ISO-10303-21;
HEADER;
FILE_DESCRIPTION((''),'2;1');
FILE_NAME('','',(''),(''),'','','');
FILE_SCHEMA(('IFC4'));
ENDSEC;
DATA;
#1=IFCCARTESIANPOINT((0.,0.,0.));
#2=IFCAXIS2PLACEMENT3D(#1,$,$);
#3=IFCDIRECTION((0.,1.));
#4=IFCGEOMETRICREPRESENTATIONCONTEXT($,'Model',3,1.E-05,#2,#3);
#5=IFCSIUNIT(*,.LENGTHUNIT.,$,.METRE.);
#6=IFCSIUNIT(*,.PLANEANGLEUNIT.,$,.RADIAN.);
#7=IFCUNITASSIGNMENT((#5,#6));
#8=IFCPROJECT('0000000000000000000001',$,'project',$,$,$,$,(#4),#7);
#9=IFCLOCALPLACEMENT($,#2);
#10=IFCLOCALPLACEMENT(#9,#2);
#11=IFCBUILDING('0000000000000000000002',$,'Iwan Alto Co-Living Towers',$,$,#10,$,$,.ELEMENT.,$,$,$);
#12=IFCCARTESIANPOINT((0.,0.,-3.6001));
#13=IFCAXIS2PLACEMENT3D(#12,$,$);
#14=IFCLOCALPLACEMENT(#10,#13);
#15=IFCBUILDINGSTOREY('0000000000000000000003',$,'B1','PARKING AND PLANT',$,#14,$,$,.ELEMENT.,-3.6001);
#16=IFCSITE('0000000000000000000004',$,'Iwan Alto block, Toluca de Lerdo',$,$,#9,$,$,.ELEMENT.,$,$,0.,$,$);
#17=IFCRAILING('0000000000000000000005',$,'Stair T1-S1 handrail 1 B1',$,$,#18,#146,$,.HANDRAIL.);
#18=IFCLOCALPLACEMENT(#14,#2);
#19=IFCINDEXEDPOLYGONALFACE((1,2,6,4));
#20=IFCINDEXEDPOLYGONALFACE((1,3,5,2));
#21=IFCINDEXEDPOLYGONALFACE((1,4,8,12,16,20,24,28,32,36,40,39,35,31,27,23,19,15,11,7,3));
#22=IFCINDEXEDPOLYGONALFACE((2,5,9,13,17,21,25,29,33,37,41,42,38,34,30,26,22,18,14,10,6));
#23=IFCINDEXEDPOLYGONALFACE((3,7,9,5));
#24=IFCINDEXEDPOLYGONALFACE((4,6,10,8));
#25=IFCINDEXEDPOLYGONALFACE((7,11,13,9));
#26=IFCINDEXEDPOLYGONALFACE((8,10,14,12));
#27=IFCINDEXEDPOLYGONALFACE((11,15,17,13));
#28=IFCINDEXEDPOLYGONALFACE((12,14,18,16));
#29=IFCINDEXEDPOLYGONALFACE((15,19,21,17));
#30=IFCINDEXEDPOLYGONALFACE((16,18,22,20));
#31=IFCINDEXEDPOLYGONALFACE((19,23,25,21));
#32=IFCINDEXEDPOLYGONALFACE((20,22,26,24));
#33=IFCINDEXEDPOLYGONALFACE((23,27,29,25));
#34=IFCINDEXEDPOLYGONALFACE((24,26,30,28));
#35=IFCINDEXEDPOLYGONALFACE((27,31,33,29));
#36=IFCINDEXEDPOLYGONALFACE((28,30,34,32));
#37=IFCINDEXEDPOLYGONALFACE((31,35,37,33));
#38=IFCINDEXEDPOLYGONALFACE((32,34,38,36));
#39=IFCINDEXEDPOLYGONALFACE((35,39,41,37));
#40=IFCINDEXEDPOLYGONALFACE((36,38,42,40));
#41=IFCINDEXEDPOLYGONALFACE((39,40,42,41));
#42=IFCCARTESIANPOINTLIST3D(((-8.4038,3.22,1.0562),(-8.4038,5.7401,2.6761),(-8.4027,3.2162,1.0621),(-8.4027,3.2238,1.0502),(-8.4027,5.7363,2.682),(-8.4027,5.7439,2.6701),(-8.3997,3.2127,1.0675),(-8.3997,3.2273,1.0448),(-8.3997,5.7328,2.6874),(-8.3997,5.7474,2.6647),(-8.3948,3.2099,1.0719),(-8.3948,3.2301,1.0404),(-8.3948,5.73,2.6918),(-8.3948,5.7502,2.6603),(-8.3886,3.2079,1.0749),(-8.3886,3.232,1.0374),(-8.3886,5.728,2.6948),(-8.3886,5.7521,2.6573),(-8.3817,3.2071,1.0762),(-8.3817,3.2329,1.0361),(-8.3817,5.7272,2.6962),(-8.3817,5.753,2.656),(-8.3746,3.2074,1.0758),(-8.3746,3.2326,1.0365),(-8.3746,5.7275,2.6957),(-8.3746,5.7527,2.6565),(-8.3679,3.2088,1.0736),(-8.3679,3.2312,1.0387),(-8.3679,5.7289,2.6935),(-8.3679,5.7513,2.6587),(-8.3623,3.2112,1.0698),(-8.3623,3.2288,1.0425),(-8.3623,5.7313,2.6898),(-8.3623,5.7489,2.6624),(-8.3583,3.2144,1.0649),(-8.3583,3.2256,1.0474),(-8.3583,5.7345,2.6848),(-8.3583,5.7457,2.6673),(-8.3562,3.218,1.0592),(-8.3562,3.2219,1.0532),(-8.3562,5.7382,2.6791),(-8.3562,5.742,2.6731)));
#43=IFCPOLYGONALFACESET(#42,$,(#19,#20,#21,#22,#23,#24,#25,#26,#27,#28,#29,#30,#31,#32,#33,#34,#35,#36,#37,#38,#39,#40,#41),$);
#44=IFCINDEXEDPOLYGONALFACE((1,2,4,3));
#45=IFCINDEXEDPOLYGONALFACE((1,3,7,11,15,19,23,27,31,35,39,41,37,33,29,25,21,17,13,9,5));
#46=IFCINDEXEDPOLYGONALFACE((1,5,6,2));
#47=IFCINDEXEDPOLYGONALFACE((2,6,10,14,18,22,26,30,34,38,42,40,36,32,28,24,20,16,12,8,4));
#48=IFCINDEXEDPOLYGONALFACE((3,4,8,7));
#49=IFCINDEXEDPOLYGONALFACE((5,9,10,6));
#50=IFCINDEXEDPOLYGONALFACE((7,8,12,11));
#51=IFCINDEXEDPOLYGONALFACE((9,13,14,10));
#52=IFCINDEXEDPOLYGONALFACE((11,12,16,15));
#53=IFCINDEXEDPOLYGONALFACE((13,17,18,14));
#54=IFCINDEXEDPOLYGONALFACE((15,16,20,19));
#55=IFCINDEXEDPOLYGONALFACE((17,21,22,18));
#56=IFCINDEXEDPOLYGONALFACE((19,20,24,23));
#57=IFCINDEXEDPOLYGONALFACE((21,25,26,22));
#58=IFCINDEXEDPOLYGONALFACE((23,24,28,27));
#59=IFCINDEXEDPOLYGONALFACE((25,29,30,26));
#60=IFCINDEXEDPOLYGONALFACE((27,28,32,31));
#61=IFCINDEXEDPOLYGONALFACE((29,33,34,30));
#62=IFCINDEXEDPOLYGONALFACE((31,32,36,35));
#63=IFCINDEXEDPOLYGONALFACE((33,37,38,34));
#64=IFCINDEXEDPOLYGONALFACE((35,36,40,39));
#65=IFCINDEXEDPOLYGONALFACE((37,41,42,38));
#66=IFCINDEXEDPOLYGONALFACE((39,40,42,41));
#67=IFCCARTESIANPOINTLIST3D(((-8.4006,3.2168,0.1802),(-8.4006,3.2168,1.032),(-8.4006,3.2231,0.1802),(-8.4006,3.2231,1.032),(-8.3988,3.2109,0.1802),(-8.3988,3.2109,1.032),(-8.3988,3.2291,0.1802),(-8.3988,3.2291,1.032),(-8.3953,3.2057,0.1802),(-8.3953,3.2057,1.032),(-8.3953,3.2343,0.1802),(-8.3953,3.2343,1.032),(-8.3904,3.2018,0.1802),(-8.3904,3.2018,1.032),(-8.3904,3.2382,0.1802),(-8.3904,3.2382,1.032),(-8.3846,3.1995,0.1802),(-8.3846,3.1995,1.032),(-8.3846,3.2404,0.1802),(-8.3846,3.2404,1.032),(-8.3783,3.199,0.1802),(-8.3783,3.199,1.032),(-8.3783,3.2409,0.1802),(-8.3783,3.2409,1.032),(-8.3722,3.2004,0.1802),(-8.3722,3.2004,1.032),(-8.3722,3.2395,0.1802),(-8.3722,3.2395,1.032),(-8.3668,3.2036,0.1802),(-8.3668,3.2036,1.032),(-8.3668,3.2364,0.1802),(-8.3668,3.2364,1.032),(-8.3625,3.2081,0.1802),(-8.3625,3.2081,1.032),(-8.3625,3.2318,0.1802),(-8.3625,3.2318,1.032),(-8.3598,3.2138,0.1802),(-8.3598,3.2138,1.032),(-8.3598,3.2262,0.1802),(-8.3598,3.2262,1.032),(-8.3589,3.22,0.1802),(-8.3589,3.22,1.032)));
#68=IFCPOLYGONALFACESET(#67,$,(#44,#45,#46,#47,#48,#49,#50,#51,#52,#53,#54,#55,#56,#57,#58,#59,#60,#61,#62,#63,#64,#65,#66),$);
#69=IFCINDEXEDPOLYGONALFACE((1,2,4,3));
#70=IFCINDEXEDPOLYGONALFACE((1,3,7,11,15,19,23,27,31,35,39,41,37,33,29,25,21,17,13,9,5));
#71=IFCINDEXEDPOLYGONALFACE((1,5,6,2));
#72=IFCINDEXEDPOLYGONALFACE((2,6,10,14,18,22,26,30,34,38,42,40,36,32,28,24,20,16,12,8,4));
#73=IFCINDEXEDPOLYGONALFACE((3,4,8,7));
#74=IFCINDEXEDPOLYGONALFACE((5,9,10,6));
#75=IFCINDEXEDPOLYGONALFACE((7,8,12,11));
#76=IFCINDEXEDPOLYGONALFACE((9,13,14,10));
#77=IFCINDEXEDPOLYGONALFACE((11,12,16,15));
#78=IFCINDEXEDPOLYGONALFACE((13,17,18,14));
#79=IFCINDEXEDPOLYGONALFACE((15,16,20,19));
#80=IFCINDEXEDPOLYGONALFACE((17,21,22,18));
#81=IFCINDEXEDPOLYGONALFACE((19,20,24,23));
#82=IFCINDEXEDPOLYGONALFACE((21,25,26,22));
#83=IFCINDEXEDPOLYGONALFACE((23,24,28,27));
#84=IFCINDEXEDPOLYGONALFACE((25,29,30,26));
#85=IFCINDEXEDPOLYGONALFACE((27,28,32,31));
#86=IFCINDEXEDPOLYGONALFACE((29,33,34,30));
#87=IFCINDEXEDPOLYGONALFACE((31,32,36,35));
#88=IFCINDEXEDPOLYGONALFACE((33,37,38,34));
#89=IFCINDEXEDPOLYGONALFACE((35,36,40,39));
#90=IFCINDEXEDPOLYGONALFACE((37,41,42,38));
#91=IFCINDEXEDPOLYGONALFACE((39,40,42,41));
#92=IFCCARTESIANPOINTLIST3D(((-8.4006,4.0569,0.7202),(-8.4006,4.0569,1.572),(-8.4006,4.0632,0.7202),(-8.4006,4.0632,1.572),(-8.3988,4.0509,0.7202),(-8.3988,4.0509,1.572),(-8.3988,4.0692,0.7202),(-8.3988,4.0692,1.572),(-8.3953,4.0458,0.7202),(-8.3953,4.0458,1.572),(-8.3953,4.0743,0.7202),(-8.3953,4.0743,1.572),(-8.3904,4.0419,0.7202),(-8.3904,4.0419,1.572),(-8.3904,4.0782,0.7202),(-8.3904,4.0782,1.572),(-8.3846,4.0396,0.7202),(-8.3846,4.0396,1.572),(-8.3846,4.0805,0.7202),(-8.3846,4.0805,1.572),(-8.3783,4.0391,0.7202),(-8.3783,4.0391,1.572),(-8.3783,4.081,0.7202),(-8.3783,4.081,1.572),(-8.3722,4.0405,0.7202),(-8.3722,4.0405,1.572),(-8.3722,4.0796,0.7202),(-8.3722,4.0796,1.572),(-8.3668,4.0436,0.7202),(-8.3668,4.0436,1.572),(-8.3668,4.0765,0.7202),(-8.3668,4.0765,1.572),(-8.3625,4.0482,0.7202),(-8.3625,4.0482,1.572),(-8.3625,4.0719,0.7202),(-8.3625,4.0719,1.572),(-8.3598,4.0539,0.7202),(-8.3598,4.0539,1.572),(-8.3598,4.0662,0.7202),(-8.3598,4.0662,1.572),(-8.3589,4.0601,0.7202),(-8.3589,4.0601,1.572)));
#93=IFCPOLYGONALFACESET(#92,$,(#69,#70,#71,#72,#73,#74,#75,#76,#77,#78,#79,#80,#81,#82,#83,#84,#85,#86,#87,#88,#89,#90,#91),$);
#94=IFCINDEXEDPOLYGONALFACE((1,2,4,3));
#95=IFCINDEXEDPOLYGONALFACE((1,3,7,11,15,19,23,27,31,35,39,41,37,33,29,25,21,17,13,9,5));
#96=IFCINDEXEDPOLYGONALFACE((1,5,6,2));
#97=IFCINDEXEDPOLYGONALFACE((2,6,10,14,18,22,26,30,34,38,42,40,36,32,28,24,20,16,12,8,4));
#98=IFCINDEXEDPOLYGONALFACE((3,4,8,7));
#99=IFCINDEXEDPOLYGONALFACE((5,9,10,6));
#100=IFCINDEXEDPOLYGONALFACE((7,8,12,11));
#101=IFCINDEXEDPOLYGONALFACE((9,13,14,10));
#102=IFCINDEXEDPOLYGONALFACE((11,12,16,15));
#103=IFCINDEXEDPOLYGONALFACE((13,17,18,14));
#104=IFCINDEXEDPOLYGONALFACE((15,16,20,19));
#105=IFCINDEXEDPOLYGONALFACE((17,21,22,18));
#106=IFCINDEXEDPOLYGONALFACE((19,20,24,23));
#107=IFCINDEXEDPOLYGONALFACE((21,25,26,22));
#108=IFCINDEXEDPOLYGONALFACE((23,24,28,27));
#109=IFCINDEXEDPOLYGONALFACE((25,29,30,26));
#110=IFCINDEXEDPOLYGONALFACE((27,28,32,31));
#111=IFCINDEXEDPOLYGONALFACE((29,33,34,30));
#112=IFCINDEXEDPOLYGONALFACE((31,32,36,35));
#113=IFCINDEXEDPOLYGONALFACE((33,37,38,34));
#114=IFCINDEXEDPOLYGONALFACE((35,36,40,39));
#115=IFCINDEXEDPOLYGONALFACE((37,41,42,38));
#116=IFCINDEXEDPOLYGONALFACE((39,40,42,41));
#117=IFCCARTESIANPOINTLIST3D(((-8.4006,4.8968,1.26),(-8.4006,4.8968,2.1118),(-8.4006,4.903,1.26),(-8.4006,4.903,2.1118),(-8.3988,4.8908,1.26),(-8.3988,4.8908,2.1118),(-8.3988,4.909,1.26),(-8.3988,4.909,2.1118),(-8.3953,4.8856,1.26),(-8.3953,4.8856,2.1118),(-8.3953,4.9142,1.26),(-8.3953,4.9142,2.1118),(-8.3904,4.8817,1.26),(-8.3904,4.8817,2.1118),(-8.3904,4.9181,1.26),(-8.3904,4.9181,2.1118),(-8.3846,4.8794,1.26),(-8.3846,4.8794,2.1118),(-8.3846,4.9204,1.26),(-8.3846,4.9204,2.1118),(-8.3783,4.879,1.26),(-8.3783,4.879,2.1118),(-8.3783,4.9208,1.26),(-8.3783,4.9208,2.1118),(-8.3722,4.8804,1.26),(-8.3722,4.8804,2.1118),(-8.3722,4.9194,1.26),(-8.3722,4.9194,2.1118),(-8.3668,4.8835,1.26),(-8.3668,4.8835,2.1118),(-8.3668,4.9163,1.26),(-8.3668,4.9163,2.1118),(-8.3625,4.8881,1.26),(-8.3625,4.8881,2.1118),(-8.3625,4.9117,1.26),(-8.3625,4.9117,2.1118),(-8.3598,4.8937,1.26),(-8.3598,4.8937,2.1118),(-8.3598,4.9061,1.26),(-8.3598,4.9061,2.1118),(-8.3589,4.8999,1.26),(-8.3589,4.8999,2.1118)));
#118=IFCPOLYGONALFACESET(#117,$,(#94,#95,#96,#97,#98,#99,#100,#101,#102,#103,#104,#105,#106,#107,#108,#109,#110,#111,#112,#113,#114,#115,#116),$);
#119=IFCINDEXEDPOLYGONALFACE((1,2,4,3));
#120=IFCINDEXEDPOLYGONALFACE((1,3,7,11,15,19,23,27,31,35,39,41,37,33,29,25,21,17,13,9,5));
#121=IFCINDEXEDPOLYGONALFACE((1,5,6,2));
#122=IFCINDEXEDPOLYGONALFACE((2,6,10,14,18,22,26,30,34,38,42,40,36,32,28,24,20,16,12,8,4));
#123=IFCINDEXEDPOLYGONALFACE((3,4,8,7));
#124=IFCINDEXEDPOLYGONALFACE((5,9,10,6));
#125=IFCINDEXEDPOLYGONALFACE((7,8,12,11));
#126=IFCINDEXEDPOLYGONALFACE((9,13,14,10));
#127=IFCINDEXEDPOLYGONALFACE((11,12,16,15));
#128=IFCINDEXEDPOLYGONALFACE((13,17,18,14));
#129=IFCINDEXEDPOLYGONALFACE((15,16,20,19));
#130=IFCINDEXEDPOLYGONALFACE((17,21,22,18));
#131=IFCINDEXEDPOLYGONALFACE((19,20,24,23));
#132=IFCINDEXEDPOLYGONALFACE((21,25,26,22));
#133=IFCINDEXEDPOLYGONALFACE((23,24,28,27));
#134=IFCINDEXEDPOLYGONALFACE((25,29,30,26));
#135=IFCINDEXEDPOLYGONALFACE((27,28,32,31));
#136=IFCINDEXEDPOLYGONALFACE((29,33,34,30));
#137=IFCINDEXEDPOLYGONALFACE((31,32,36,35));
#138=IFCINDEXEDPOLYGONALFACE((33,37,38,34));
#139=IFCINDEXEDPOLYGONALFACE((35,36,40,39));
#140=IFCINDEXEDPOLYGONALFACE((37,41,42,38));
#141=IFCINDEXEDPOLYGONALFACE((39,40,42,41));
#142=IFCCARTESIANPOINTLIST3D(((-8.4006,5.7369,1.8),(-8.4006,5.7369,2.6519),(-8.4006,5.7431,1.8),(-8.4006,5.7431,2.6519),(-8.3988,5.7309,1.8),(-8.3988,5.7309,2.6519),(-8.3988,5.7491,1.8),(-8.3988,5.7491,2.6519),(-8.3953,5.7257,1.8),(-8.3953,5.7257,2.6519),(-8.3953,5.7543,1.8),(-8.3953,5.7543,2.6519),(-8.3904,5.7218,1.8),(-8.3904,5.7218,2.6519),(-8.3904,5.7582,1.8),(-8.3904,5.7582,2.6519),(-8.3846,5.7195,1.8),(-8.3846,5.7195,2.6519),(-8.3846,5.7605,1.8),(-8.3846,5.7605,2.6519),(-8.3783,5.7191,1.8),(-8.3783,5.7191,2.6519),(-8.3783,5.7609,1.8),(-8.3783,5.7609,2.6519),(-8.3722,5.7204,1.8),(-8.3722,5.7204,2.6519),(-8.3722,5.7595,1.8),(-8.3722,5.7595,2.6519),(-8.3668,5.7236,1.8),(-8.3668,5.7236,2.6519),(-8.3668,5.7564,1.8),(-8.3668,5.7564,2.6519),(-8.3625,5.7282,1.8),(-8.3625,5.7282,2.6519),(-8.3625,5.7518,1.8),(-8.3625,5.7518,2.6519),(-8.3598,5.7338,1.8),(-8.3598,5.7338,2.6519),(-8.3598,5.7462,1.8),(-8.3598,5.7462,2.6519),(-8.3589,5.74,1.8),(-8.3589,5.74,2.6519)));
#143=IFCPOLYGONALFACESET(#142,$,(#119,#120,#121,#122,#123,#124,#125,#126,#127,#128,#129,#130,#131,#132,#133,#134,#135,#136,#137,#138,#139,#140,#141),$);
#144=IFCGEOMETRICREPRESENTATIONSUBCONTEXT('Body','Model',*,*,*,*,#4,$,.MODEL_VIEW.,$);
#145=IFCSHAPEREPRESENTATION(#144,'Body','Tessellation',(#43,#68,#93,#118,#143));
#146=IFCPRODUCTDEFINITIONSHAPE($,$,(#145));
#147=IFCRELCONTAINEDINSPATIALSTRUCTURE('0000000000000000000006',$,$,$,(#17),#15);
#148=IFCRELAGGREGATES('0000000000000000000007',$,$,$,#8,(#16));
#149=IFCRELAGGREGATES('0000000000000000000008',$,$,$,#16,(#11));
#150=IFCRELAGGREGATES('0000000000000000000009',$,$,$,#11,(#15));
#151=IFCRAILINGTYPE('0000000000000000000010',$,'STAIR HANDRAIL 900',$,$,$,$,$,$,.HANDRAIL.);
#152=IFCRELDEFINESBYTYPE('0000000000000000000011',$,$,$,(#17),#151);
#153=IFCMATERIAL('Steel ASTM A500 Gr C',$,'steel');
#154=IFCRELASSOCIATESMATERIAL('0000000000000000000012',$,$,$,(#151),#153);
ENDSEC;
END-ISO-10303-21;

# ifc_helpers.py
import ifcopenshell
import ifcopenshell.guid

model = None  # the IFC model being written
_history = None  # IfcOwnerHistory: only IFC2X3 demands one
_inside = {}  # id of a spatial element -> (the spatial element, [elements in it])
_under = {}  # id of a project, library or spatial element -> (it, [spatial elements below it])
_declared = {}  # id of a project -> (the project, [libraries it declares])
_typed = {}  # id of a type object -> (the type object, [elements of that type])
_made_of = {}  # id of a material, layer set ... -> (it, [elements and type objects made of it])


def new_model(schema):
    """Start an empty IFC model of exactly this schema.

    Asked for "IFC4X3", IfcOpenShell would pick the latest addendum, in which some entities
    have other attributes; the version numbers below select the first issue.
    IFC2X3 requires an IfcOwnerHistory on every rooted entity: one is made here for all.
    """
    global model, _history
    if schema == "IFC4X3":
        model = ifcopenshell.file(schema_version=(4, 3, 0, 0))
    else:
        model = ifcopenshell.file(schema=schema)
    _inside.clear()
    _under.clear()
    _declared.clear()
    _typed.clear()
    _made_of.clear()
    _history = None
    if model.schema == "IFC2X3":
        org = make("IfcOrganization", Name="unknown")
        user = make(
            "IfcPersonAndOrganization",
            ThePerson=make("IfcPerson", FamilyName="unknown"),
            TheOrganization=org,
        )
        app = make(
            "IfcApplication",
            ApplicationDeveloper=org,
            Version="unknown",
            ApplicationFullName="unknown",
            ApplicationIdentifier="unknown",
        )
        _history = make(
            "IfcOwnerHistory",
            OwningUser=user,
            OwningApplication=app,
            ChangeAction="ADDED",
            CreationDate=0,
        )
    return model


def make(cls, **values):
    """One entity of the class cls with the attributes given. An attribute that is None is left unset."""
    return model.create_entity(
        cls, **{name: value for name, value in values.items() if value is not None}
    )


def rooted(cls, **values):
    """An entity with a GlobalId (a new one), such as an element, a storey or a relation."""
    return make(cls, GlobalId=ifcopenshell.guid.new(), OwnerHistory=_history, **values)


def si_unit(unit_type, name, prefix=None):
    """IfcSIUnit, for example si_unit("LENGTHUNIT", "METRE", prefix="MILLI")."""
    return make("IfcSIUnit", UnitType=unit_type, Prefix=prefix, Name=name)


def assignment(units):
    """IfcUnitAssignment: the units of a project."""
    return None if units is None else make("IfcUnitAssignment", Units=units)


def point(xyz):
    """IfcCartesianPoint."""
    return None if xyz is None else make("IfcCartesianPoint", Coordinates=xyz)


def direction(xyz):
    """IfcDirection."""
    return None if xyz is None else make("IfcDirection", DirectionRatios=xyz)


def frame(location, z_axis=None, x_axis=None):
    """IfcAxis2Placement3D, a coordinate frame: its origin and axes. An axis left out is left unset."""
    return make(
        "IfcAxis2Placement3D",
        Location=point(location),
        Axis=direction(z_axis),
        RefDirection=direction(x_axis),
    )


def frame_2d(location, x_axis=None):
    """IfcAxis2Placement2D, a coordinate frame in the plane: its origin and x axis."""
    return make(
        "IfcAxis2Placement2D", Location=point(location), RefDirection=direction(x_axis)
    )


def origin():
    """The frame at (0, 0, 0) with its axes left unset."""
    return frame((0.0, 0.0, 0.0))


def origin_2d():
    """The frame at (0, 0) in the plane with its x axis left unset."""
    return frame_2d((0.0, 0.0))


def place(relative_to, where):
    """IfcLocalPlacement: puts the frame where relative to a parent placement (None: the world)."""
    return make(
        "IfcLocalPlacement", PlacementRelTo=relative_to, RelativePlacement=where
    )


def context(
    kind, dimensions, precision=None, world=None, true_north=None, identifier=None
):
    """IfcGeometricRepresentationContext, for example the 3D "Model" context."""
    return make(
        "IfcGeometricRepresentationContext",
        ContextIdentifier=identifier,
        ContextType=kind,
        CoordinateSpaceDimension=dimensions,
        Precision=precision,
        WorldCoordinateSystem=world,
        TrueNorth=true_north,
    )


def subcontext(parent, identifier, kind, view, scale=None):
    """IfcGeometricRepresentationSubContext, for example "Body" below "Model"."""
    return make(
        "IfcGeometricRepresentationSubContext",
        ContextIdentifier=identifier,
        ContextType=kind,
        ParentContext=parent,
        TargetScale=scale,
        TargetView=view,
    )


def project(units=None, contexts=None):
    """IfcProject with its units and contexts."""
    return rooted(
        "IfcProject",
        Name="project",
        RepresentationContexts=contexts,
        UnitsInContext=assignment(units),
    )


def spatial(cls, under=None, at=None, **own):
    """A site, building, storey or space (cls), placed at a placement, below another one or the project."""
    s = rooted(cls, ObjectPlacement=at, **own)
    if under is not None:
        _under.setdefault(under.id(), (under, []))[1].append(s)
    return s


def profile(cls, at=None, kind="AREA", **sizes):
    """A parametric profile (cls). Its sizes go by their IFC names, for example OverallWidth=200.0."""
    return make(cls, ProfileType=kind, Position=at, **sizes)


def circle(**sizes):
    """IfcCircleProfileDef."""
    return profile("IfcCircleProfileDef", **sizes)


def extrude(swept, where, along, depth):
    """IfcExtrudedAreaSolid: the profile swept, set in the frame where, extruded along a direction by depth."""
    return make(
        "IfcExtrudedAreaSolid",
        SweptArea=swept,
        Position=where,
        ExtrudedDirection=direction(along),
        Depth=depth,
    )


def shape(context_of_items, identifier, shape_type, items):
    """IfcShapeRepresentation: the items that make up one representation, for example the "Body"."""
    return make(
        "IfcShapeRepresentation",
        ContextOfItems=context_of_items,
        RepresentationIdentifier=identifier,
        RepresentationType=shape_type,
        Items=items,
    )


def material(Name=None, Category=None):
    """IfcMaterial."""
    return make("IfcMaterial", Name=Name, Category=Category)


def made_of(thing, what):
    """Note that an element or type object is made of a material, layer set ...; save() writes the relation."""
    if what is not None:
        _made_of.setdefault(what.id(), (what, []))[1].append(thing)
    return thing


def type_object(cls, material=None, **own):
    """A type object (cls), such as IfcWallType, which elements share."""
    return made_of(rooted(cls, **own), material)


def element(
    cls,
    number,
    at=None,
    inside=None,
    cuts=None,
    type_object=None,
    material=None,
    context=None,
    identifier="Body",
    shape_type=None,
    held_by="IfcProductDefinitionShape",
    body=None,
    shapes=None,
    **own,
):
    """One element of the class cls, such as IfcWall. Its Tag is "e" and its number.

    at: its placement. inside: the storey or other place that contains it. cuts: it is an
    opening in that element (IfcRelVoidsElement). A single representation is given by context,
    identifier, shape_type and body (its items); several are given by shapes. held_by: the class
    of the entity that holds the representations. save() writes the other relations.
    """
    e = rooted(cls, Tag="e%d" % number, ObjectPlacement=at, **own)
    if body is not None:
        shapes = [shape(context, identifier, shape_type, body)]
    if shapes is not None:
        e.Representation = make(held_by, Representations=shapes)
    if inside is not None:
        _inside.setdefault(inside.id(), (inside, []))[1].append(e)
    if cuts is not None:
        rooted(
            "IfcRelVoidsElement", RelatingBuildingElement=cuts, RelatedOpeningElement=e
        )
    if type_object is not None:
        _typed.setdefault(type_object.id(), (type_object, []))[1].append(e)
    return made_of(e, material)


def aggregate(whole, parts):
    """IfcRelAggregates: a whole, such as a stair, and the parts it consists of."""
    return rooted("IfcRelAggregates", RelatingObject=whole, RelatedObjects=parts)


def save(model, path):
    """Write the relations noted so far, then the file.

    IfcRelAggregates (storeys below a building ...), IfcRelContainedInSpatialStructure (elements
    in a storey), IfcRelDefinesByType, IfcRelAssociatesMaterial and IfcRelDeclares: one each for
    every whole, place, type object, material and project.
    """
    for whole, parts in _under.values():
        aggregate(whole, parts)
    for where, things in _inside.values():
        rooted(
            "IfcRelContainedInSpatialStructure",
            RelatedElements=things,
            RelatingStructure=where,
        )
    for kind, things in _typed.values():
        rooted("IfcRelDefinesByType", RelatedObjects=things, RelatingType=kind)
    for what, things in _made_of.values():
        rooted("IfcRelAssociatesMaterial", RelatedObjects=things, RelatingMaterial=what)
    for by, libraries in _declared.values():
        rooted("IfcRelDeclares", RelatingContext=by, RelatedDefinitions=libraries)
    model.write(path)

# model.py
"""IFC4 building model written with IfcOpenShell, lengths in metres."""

from ifc_helpers import new_model, si_unit, direction, frame, origin, origin_2d, place, context, subcontext, project, spatial, circle, extrude, material, type_object, element, save


model = new_model("IFC4")

# Units and contexts
model_context = context("Model", 3, precision=1e-05, world=origin(), true_north=direction((0.0, 1.0)))
body_context = subcontext(model_context, "Body", "Model", "MODEL_VIEW")
ifc_project = project(units=[si_unit("LENGTHUNIT", "METRE"), si_unit("PLANEANGLEUNIT", "RADIAN")], contexts=[model_context])

# Site, building, storey
site_placement = place(None, origin())
site = spatial("IfcSite", under=ifc_project, at=site_placement, Name="Iwan Alto block, Toluca de Lerdo", CompositionType="ELEMENT", RefElevation=0.0)
building_placement = place(site_placement, origin())
building = spatial("IfcBuilding", under=site, at=building_placement, Name="Iwan Alto Co-Living Towers", CompositionType="ELEMENT")
storey_placement = place(building_placement, frame((0.0, 0.0, -3.6001)))
storey = spatial("IfcBuildingStorey", under=building, at=storey_placement, Name="B1", Description="PARKING AND PLANT", CompositionType="ELEMENT", Elevation=-3.6001)

# Railing
ifc_material_1 = material(Name="Steel ASTM A500 Gr C", Category="steel")
railing_type_1 = type_object("IfcRailingType", Name="STAIR HANDRAIL 900", PredefinedType="HANDRAIL", material=ifc_material_1)
railing_1_placement = place(storey_placement, frame((-8.3799, 3.22, 0.1802)))
element("IfcRailing", 1, at=railing_1_placement, inside=storey, type_object=railing_type_1, Name="Stair T1-S1 handrail 1 B1", PredefinedType="HANDRAIL", context=body_context, shape_type="SweptSolid", body=[
    extrude(circle(Radius=0.0239, at=origin_2d()), frame((0.0, 0.0, 0.876), z_axis=(0.0, 0.8412, 0.540725), x_axis=(-1.0, 0.0, 0.0)), (0.0, 0.0, 1.0), 2.9958),
    extrude(circle(Radius=0.021, at=origin_2d()), origin(), (0.0, 0.0, 1.0), 0.8518),
    extrude(circle(Radius=0.021, at=origin_2d()), frame((0.0, 0.8401, 0.54)), (0.0, 0.0, 1.0), 0.8518),
    extrude(circle(Radius=0.021, at=origin_2d()), frame((0.0, 1.6799, 1.0798)), (0.0, 0.0, 1.0), 0.8518),
    extrude(circle(Radius=0.021, at=origin_2d()), frame((0.0, 2.52, 1.6199)), (0.0, 0.0, 1.0), 0.8518),
])

save(model, "model.ifc")
